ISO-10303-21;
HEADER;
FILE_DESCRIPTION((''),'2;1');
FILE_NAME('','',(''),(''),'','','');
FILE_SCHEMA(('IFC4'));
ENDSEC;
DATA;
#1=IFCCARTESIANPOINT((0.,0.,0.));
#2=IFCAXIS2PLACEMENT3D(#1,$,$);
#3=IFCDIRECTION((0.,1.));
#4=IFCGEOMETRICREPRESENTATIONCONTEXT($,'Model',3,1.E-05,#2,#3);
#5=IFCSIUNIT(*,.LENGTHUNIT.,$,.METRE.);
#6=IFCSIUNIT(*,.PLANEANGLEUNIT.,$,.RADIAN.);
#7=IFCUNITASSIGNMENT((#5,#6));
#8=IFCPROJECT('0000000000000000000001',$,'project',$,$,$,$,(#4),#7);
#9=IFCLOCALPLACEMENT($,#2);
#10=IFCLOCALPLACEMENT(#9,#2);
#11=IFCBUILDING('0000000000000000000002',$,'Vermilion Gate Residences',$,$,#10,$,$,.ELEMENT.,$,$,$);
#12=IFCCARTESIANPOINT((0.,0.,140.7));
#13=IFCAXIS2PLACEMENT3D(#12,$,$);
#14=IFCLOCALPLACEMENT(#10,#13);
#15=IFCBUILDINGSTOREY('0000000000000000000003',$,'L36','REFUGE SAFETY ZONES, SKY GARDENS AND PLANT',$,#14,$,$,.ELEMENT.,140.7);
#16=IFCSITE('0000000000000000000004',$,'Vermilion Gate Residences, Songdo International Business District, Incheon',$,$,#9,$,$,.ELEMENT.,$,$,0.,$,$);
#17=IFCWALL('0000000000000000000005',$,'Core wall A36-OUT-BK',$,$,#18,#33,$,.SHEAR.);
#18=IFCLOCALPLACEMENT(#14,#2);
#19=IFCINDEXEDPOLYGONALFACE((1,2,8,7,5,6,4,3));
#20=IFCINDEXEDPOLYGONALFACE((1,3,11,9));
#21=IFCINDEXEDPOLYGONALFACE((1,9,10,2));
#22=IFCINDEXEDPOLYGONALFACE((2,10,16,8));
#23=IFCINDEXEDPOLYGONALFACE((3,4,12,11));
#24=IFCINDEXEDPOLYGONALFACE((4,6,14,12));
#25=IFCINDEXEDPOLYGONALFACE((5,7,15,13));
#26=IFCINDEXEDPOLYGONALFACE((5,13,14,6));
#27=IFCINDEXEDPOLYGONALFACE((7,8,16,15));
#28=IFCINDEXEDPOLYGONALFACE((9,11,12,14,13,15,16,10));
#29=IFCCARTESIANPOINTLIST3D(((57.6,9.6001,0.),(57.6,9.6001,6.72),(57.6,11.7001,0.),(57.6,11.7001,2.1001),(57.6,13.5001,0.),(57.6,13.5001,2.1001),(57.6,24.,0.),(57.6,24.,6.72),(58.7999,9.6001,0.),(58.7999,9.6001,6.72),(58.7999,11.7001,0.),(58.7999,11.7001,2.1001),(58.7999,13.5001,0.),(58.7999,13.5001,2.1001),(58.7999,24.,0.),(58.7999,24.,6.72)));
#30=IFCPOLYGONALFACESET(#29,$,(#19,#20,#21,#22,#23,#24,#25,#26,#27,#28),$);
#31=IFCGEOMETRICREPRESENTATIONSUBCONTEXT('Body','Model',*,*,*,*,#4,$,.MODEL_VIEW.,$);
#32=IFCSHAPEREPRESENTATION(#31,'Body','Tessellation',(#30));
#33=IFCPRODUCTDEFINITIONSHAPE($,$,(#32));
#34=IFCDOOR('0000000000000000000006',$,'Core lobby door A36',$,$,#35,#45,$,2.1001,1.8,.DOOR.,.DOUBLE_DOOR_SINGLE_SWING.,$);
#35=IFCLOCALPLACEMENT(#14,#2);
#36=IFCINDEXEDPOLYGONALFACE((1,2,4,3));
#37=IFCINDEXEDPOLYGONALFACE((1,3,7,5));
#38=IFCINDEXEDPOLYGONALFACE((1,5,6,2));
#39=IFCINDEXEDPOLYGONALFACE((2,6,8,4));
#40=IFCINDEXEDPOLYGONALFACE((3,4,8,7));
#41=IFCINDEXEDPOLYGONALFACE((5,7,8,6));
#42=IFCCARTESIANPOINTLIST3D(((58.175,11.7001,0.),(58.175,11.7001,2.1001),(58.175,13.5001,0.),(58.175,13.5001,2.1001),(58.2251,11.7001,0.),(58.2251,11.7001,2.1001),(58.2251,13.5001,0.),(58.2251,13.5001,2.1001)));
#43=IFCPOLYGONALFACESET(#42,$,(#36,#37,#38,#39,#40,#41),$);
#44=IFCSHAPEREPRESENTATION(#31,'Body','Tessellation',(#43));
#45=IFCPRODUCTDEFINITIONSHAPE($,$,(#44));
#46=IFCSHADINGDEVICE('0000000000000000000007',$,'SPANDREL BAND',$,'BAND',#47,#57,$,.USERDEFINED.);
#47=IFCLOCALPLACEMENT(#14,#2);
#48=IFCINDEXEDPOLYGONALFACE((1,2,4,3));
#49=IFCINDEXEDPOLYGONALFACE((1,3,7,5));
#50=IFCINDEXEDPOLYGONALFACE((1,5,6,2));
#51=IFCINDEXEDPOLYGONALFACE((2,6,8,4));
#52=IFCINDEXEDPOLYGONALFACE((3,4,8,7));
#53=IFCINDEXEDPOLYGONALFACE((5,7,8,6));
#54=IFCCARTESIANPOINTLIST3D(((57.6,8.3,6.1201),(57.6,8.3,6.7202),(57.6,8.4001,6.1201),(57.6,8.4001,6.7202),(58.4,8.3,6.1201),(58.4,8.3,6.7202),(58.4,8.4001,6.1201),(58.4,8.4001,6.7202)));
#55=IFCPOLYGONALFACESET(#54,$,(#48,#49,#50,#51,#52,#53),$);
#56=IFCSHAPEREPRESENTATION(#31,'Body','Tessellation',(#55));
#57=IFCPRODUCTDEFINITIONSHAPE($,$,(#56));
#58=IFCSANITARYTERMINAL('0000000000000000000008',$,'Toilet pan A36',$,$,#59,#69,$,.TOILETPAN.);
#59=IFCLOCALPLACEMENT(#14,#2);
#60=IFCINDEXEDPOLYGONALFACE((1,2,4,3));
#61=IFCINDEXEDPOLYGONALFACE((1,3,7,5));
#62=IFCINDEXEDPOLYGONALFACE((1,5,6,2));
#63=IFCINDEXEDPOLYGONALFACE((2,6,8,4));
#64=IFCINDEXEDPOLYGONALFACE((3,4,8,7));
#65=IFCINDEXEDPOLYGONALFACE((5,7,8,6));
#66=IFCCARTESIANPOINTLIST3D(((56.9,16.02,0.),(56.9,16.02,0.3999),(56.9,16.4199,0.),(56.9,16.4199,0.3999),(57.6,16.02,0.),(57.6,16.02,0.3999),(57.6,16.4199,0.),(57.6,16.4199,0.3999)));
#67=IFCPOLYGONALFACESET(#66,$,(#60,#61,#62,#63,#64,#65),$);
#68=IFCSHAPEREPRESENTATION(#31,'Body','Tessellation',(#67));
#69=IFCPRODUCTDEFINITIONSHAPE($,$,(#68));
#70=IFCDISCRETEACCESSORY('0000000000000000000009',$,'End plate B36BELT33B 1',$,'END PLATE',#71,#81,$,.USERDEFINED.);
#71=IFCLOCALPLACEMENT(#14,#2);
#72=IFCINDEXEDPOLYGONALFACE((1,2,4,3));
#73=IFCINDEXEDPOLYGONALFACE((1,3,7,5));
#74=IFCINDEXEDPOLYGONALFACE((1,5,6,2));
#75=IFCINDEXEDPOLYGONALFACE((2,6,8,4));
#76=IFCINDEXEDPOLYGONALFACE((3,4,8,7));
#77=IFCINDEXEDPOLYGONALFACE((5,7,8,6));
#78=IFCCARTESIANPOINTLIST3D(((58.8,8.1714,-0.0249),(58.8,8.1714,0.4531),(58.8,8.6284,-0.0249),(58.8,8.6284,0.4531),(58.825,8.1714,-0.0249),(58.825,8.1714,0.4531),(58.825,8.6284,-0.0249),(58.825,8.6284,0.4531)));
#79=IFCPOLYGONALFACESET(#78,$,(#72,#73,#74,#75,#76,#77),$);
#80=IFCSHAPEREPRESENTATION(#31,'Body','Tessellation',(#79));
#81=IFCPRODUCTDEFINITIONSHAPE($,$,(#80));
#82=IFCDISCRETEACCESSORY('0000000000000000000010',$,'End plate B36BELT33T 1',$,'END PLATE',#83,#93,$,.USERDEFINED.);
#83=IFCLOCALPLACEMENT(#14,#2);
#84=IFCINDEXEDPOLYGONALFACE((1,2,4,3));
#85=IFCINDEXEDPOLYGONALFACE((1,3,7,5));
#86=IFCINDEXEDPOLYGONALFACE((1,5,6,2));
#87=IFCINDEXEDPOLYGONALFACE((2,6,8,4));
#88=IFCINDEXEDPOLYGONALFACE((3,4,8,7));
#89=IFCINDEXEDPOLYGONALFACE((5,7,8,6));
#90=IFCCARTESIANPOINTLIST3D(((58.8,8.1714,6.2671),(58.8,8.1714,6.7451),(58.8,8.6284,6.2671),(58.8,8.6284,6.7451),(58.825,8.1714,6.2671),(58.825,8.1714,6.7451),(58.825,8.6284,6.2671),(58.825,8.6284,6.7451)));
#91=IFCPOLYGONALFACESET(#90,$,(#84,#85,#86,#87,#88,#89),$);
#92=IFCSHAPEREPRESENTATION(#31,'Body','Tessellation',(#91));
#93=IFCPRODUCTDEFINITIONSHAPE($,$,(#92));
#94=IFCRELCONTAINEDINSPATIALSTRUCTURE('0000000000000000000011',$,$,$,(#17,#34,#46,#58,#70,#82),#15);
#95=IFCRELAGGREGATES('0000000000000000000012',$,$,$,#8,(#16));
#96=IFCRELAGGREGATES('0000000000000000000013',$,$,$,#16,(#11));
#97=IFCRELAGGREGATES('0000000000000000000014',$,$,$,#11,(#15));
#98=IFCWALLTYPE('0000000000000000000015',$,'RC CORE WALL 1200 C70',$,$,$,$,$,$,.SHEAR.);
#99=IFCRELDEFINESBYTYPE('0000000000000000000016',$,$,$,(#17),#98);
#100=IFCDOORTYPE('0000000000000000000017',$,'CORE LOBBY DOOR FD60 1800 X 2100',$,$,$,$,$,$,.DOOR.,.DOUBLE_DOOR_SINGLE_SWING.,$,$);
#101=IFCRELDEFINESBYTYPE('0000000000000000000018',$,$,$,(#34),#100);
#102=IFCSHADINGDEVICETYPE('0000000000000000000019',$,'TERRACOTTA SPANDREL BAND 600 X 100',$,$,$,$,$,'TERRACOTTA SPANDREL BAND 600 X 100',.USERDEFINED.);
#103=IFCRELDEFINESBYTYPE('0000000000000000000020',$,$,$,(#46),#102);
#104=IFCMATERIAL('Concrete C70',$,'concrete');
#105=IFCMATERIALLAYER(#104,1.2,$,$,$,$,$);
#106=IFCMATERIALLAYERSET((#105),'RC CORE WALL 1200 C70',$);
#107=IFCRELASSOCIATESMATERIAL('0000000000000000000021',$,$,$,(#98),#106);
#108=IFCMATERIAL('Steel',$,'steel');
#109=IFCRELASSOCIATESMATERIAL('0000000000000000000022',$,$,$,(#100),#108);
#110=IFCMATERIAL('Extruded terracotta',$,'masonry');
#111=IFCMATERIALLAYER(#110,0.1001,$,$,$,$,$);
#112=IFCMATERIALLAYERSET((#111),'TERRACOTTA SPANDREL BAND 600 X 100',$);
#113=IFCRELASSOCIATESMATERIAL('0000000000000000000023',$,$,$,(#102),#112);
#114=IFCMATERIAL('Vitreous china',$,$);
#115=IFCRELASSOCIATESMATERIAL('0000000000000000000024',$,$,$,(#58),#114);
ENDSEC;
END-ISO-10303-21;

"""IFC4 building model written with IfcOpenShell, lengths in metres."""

from ifc_helpers import new_model, si_unit, direction, frame, frame_2d, origin, origin_2d, place, context, subcontext, project, spatial, rectangle, extrude, material, layer, layer_set, type_object, element, fill, save


model = new_model("IFC4")

# Units and contexts
model_context = context("Model", 3, precision=1e-05, world=origin(), true_north=direction((0.0, 1.0)))
body_context = subcontext(model_context, "Body", "Model", "MODEL_VIEW")
ifc_project = project(units=[si_unit("LENGTHUNIT", "METRE"), si_unit("PLANEANGLEUNIT", "RADIAN")], contexts=[model_context])

# Site, building, storey
site_placement = place(None, origin())
site = spatial("IfcSite", under=ifc_project, at=site_placement, Name="Vermilion Gate Residences, Songdo International Business District, Incheon", CompositionType="ELEMENT", RefElevation=0.0)
building_placement = place(site_placement, origin())
building = spatial("IfcBuilding", under=site, at=building_placement, Name="Vermilion Gate Residences", CompositionType="ELEMENT")
storey_placement = place(building_placement, frame((0.0, 0.0, 140.7)))
storey = spatial("IfcBuildingStorey", under=building, at=storey_placement, Name="L36", Description="REFUGE SAFETY ZONES, SKY GARDENS AND PLANT", CompositionType="ELEMENT", Elevation=140.7)

# Wall, opening, door
ifc_material_1 = material(Name="Concrete C70", Category="concrete")
ifc_layer_1 = layer(ifc_material_1, 1.2)
ifc_layer_set_1 = layer_set([ifc_layer_1], Name="RC CORE WALL 1200 C70")
wall_type_1 = type_object("IfcWallType", Name="RC CORE WALL 1200 C70", PredefinedType="SHEAR", material=ifc_layer_set_1)
wall_1_placement = place(storey_placement, frame((58.2, 9.6001, 0.0), z_axis=(0.0, 0.0, 1.0), x_axis=(0.0, 1.0, 0.0)))
wall_1 = element("IfcWall", 1, at=wall_1_placement, inside=storey, type_object=wall_type_1, Name="Core wall A36-OUT-BK", PredefinedType="SHEAR", context=body_context, shape_type="SweptSolid", body=[
    extrude(rectangle(XDim=14.3999, YDim=1.2, at=frame_2d((7.2, 0.0))), origin(), (0.0, 0.0, 1.0), 6.72),
])
opening_1_placement = place(wall_1_placement, frame((2.1001, 0.0, 0.0)))
opening_1 = element("IfcOpeningElement", 2, at=opening_1_placement, cuts=wall_1, PredefinedType="OPENING", context=body_context, shape_type="SweptSolid", body=[
    extrude(rectangle(XDim=1.8, YDim=2.1001, at=frame_2d((0.8999, 1.05))), frame((0.0, 0.6099, 0.0), z_axis=(0.0, -1.0, 0.0), x_axis=(1.0, 0.0, 0.0)), (0.0, 0.0, 1.0), 1.22),
])
ifc_material_2 = material(Name="Steel", Category="steel")
door_type_1 = type_object("IfcDoorType", Name="CORE LOBBY DOOR FD60 1800 X 2100", OperationType="DOUBLE_DOOR_SINGLE_SWING", PredefinedType="DOOR", material=ifc_material_2)
door_1_placement = place(opening_1_placement, origin())
door_1 = element("IfcDoor", 3, at=door_1_placement, inside=storey, type_object=door_type_1, Name="Core lobby door A36", OperationType="DOUBLE_DOOR_SINGLE_SWING", OverallHeight=2.1001, OverallWidth=1.8, PredefinedType="DOOR", context=body_context, shape_type="SweptSolid", body=[
    extrude(rectangle(XDim=1.8, YDim=2.1001, at=frame_2d((0.8999, 1.05))), frame((0.0, 0.0249, 0.0), z_axis=(0.0, -1.0, 0.0), x_axis=(1.0, 0.0, 0.0)), (0.0, 0.0, 1.0), 0.05),
])
fill(opening_1, door_1)

# Shading device
ifc_material_3 = material(Name="Extruded terracotta", Category="masonry")
ifc_layer_2 = layer(ifc_material_3, 0.1001)
ifc_layer_set_2 = layer_set([ifc_layer_2], Name="TERRACOTTA SPANDREL BAND 600 X 100")
shading_device_type = type_object("IfcShadingDeviceType", Name="TERRACOTTA SPANDREL BAND 600 X 100", ElementType="TERRACOTTA SPANDREL BAND 600 X 100", PredefinedType="USERDEFINED", material=ifc_layer_set_2)
shading_device_placement = place(storey_placement, frame((58.0, 8.3501, 6.1201), z_axis=(0.0, 0.0, 1.0), x_axis=(1.0, 0.0, 0.0)))
element("IfcShadingDevice", 4, at=shading_device_placement, inside=storey, type_object=shading_device_type, Name="SPANDREL BAND", ObjectType="BAND", PredefinedType="USERDEFINED", context=body_context, shape_type="SweptSolid", body=[
    extrude(rectangle(XDim=0.8, YDim=0.1001, at=origin_2d()), origin(), (0.0, 0.0, 1.0), 0.6001),
])

# Sanitary terminal
ifc_material_4 = material(Name="Vitreous china")
sanitary_terminal_placement = place(storey_placement, frame((57.25, 16.22, 0.0), z_axis=(0.0, 0.0, 1.0), x_axis=(1.0, 0.0, 0.0)))
element("IfcSanitaryTerminal", 5, at=sanitary_terminal_placement, inside=storey, material=ifc_material_4, Name="Toilet pan A36", PredefinedType="TOILETPAN", context=body_context, shape_type="SweptSolid", body=[
    extrude(rectangle(XDim=0.7, YDim=0.3999, at=origin_2d()), origin(), (0.0, 0.0, 1.0), 0.3999),
])

# Discrete accessories
for number, where, z_axis, x_axis, name in (
    (6, (58.8125, 8.3999, -0.0249), (0.0, 0.0, 1.0), (1.0, 0.0, 0.0), "End plate B36BELT33B 1"),
    (7, (58.8125, 8.3999, 6.2671), (0.0, 0.0, 1.0), (1.0, 0.0, 0.0), "End plate B36BELT33T 1"),
):
    element("IfcDiscreteAccessory", number, at=place(storey_placement, frame(where, z_axis=z_axis, x_axis=x_axis)), inside=storey, Name=name, ObjectType="END PLATE", PredefinedType="USERDEFINED", context=body_context, shape_type="SweptSolid", body=[
        extrude(rectangle(XDim=0.0249, YDim=0.457, at=origin_2d()), origin(), (0.0, 0.0, 1.0), 0.478),
    ])

save(model, "model.ifc")
